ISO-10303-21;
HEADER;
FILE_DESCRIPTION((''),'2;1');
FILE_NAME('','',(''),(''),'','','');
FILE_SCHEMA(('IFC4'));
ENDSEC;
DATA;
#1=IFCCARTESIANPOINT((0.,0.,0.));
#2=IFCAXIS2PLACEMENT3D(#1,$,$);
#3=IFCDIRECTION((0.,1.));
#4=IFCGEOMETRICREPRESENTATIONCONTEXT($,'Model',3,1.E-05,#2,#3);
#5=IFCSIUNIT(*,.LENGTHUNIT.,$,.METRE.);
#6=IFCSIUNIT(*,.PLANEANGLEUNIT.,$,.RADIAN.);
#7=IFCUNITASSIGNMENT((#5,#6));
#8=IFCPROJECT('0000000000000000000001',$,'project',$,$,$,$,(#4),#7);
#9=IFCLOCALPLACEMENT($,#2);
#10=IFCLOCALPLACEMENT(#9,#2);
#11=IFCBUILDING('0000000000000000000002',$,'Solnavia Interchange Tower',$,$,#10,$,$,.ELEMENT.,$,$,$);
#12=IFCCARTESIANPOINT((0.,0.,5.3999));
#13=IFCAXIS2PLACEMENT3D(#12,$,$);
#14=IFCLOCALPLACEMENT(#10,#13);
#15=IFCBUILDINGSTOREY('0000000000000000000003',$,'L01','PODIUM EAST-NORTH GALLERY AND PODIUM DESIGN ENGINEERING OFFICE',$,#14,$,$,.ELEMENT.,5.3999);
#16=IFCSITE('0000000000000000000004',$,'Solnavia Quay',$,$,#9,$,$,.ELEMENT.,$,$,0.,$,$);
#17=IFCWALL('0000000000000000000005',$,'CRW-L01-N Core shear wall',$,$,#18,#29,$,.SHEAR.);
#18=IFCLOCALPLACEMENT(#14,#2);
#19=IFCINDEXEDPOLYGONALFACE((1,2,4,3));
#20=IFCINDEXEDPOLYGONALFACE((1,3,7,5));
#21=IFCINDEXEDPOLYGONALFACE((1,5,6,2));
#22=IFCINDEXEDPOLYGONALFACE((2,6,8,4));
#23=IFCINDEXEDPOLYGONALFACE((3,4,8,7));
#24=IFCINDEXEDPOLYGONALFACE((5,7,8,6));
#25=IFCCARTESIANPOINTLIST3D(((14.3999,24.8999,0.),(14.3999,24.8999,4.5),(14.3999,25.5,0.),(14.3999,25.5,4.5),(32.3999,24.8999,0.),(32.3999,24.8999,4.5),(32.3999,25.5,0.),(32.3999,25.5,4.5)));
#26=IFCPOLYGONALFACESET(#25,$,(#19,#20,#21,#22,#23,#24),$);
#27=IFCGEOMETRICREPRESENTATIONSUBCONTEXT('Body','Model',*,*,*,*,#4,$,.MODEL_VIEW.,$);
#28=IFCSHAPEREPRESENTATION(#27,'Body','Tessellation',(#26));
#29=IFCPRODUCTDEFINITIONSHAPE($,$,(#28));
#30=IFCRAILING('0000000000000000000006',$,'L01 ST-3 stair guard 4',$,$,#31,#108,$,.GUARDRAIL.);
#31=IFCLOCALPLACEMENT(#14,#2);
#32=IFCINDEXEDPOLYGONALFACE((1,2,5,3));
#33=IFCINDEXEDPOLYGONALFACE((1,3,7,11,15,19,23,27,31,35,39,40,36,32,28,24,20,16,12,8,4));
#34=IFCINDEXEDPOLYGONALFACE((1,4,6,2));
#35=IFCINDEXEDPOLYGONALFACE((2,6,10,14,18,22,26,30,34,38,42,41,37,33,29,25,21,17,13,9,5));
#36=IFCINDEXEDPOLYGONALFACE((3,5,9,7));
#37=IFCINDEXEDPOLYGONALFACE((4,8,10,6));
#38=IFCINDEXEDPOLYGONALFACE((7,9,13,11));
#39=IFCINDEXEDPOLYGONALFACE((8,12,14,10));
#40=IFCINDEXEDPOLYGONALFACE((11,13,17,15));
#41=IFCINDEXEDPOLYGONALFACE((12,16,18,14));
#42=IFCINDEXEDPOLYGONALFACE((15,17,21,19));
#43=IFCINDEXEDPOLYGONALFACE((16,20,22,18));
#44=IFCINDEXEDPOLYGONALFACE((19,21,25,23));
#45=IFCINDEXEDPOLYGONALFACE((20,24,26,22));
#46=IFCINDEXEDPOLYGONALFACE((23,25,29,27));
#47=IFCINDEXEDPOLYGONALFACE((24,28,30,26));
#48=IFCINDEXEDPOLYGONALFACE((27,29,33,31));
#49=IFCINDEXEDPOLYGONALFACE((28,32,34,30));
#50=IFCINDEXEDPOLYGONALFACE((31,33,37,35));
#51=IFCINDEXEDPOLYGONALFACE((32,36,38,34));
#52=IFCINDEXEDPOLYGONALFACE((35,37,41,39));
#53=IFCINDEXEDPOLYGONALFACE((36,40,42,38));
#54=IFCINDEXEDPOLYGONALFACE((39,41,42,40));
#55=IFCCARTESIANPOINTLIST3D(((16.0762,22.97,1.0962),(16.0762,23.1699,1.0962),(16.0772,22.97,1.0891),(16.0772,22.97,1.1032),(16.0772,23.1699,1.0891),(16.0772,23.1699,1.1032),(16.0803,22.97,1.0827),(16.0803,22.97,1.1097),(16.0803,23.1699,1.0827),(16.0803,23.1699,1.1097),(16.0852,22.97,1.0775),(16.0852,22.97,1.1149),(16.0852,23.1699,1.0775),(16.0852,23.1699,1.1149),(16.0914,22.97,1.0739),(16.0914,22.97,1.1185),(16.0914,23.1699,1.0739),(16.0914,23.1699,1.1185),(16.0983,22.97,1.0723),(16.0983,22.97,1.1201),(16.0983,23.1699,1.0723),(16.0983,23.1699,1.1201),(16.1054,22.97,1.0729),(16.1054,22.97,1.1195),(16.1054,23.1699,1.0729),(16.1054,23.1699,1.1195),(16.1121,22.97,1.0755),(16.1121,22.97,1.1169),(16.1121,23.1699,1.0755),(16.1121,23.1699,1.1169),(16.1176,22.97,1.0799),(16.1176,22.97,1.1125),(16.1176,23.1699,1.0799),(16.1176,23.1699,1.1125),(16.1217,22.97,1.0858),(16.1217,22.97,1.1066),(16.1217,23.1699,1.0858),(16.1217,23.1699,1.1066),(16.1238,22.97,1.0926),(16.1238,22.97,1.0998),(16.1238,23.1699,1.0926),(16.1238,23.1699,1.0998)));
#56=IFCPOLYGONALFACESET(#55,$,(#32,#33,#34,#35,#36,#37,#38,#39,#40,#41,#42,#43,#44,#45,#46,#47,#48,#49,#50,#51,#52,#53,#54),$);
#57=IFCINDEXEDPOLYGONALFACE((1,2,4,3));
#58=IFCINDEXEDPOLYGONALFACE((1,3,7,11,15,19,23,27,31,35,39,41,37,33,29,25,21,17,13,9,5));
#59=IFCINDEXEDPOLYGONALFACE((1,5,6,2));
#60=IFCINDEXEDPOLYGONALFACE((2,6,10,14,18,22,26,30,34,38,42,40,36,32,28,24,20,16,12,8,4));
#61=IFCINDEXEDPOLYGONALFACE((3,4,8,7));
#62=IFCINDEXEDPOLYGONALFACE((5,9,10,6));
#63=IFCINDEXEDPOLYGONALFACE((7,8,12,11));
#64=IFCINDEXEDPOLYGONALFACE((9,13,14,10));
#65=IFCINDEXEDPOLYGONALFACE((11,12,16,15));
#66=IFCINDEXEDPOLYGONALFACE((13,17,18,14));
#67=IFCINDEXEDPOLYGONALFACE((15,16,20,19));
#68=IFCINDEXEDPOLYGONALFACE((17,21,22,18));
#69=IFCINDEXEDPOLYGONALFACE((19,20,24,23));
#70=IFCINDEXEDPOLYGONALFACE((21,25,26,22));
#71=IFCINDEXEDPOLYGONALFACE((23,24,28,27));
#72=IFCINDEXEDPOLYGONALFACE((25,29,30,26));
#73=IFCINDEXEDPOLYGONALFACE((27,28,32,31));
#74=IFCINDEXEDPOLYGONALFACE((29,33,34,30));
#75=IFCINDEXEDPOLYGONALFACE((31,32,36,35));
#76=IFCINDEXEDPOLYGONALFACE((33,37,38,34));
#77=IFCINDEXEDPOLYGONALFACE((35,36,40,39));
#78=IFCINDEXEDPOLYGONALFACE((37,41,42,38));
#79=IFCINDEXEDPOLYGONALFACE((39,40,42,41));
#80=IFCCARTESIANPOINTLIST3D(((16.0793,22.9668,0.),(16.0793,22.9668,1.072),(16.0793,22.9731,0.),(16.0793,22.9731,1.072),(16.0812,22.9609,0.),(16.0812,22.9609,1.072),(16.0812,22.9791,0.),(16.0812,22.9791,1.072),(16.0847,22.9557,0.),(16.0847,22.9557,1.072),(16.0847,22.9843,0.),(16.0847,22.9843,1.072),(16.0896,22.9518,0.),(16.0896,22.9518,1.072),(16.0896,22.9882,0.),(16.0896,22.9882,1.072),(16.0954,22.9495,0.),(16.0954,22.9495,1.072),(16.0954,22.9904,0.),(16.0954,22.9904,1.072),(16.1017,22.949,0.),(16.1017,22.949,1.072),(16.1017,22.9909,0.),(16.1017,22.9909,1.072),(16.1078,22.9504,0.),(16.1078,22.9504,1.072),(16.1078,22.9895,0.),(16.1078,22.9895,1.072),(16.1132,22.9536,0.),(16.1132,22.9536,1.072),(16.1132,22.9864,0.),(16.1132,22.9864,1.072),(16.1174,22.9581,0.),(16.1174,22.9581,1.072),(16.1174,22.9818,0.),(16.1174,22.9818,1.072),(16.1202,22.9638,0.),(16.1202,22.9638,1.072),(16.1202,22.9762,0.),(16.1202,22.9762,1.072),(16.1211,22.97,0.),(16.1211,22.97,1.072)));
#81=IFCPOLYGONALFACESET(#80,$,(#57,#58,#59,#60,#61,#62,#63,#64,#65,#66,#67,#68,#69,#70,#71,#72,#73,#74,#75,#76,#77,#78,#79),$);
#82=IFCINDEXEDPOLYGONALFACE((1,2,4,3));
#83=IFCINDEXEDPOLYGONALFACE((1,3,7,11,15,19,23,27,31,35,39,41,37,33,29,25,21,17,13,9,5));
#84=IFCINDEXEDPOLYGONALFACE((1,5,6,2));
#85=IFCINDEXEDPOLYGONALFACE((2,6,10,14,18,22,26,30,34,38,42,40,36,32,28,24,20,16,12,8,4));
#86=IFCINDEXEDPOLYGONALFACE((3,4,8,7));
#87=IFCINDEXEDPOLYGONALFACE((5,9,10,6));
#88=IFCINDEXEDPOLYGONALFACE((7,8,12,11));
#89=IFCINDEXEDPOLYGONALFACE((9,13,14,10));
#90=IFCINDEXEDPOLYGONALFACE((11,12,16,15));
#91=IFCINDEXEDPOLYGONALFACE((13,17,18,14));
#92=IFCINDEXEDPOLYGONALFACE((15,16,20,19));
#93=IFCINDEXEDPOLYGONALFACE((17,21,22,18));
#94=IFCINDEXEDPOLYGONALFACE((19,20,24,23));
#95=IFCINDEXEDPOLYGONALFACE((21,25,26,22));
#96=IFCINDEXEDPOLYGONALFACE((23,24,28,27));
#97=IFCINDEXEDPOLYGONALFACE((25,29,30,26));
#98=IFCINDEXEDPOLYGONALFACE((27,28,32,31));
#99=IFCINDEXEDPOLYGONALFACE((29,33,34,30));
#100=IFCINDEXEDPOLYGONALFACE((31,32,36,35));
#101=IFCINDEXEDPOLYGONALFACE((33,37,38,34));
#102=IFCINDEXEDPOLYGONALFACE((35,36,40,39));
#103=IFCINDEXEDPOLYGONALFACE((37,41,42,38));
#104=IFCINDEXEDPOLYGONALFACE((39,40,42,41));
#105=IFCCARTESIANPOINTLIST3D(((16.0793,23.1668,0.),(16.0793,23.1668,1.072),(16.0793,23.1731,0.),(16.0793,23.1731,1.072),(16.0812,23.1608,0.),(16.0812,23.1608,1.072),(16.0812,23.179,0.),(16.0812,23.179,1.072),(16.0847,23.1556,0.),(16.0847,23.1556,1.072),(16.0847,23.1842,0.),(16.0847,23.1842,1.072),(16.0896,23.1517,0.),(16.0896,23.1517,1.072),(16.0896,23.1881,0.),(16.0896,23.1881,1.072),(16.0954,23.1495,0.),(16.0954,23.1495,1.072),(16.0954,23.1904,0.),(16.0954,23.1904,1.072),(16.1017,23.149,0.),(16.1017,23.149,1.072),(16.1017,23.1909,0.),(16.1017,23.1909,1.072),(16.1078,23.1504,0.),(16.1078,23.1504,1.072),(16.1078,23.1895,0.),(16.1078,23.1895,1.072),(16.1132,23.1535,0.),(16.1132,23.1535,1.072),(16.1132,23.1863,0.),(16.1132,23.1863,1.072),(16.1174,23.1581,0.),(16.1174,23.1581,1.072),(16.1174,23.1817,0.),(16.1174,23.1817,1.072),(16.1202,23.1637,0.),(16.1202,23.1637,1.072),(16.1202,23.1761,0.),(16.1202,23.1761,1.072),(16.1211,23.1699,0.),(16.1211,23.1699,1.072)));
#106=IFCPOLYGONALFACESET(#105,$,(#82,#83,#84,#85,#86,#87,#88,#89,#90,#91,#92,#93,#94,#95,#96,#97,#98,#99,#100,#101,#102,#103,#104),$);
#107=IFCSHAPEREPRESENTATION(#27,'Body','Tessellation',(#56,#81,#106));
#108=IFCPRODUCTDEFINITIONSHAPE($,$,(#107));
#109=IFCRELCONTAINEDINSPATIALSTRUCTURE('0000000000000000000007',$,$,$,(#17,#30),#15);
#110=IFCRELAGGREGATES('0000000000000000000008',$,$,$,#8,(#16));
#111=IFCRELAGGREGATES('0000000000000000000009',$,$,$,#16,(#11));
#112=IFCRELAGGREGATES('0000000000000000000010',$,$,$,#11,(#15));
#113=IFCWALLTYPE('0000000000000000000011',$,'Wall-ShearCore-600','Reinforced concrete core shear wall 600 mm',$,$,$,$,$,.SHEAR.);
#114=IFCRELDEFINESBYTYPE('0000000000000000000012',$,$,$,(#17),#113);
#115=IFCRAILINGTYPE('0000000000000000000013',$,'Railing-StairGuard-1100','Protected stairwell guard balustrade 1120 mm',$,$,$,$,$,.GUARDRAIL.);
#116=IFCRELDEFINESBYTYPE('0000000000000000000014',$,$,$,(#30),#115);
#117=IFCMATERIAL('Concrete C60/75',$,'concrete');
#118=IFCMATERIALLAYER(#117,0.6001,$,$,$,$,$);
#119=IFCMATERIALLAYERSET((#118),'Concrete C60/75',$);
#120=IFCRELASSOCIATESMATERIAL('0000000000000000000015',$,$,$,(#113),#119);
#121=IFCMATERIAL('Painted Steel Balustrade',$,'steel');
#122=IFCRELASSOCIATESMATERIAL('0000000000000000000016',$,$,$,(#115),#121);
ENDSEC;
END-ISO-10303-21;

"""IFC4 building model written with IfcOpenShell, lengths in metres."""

from ifc_helpers import new_model, si_unit, direction, frame, frame_2d, origin, origin_2d, place, context, subcontext, project, spatial, rectangle, circle, extrude, material, layer, layer_set, type_object, element, save


model = new_model("IFC4")

# Units and contexts
model_context = context("Model", 3, precision=1e-05, world=origin(), true_north=direction((0.0, 1.0)))
body_context = subcontext(model_context, "Body", "Model", "MODEL_VIEW")
ifc_project = project(units=[si_unit("LENGTHUNIT", "METRE"), si_unit("PLANEANGLEUNIT", "RADIAN")], contexts=[model_context])

# Site, building, storey
site_placement = place(None, origin())
site = spatial("IfcSite", under=ifc_project, at=site_placement, Name="Solnavia Quay", CompositionType="ELEMENT", RefElevation=0.0)
building_placement = place(site_placement, origin())
building = spatial("IfcBuilding", under=site, at=building_placement, Name="Solnavia Interchange Tower", CompositionType="ELEMENT")
storey_placement = place(building_placement, frame((0.0, 0.0, 5.3999)))
storey = spatial("IfcBuildingStorey", under=building, at=storey_placement, Name="L01", Description="PODIUM EAST-NORTH GALLERY AND PODIUM DESIGN ENGINEERING OFFICE", CompositionType="ELEMENT", Elevation=5.3999)

# Shared definitions
ifc_material_1 = material(Name="Concrete C60/75", Category="concrete")

# Wall
ifc_layer_1 = layer(ifc_material_1, 0.6001)
ifc_layer_set_1 = layer_set([ifc_layer_1], Name="Concrete C60/75")
wall_type_1 = type_object("IfcWallType", Name="Wall-ShearCore-600", Description="Reinforced concrete core shear wall 600 mm", PredefinedType="SHEAR", material=ifc_layer_set_1)
wall_1_placement = place(storey_placement, frame((14.3999, 25.2, 0.0), z_axis=(0.0, 0.0, 1.0), x_axis=(1.0, 0.0, 0.0)))
element("IfcWall", 1, at=wall_1_placement, inside=storey, type_object=wall_type_1, Name="CRW-L01-N Core shear wall", PredefinedType="SHEAR", context=body_context, shape_type="SweptSolid", body=[
    extrude(rectangle(XDim=18.0, YDim=0.6001, at=frame_2d((9.0, 0.0))), origin(), (0.0, 0.0, 1.0), 4.5),
])

# Railing
ifc_material_2 = material(Name="Painted Steel Balustrade", Category="steel")
railing_type_1 = type_object("IfcRailingType", Name="Railing-StairGuard-1100", Description="Protected stairwell guard balustrade 1120 mm", PredefinedType="GUARDRAIL", material=ifc_material_2)
railing_1_placement = place(storey_placement, frame((16.1001, 22.97, 0.0)))
element("IfcRailing", 2, at=railing_1_placement, inside=storey, type_object=railing_type_1, Name="L01 ST-3 stair guard 4", PredefinedType="GUARDRAIL", context=body_context, shape_type="SweptSolid", body=[
    extrude(circle(Radius=0.0239, at=origin_2d()), frame((0.0, 0.0, 1.0962), z_axis=(0.0, 1.0, 0.0), x_axis=(-1.0, 0.0, 0.0)), (0.0, 0.0, 1.0), 0.2),
    extrude(circle(Radius=0.021, at=origin_2d()), origin(), (0.0, 0.0, 1.0), 1.072),
    extrude(circle(Radius=0.021, at=origin_2d()), frame((0.0, 0.2, 0.0)), (0.0, 0.0, 1.0), 1.072),
])

save(model, "model.ifc")
